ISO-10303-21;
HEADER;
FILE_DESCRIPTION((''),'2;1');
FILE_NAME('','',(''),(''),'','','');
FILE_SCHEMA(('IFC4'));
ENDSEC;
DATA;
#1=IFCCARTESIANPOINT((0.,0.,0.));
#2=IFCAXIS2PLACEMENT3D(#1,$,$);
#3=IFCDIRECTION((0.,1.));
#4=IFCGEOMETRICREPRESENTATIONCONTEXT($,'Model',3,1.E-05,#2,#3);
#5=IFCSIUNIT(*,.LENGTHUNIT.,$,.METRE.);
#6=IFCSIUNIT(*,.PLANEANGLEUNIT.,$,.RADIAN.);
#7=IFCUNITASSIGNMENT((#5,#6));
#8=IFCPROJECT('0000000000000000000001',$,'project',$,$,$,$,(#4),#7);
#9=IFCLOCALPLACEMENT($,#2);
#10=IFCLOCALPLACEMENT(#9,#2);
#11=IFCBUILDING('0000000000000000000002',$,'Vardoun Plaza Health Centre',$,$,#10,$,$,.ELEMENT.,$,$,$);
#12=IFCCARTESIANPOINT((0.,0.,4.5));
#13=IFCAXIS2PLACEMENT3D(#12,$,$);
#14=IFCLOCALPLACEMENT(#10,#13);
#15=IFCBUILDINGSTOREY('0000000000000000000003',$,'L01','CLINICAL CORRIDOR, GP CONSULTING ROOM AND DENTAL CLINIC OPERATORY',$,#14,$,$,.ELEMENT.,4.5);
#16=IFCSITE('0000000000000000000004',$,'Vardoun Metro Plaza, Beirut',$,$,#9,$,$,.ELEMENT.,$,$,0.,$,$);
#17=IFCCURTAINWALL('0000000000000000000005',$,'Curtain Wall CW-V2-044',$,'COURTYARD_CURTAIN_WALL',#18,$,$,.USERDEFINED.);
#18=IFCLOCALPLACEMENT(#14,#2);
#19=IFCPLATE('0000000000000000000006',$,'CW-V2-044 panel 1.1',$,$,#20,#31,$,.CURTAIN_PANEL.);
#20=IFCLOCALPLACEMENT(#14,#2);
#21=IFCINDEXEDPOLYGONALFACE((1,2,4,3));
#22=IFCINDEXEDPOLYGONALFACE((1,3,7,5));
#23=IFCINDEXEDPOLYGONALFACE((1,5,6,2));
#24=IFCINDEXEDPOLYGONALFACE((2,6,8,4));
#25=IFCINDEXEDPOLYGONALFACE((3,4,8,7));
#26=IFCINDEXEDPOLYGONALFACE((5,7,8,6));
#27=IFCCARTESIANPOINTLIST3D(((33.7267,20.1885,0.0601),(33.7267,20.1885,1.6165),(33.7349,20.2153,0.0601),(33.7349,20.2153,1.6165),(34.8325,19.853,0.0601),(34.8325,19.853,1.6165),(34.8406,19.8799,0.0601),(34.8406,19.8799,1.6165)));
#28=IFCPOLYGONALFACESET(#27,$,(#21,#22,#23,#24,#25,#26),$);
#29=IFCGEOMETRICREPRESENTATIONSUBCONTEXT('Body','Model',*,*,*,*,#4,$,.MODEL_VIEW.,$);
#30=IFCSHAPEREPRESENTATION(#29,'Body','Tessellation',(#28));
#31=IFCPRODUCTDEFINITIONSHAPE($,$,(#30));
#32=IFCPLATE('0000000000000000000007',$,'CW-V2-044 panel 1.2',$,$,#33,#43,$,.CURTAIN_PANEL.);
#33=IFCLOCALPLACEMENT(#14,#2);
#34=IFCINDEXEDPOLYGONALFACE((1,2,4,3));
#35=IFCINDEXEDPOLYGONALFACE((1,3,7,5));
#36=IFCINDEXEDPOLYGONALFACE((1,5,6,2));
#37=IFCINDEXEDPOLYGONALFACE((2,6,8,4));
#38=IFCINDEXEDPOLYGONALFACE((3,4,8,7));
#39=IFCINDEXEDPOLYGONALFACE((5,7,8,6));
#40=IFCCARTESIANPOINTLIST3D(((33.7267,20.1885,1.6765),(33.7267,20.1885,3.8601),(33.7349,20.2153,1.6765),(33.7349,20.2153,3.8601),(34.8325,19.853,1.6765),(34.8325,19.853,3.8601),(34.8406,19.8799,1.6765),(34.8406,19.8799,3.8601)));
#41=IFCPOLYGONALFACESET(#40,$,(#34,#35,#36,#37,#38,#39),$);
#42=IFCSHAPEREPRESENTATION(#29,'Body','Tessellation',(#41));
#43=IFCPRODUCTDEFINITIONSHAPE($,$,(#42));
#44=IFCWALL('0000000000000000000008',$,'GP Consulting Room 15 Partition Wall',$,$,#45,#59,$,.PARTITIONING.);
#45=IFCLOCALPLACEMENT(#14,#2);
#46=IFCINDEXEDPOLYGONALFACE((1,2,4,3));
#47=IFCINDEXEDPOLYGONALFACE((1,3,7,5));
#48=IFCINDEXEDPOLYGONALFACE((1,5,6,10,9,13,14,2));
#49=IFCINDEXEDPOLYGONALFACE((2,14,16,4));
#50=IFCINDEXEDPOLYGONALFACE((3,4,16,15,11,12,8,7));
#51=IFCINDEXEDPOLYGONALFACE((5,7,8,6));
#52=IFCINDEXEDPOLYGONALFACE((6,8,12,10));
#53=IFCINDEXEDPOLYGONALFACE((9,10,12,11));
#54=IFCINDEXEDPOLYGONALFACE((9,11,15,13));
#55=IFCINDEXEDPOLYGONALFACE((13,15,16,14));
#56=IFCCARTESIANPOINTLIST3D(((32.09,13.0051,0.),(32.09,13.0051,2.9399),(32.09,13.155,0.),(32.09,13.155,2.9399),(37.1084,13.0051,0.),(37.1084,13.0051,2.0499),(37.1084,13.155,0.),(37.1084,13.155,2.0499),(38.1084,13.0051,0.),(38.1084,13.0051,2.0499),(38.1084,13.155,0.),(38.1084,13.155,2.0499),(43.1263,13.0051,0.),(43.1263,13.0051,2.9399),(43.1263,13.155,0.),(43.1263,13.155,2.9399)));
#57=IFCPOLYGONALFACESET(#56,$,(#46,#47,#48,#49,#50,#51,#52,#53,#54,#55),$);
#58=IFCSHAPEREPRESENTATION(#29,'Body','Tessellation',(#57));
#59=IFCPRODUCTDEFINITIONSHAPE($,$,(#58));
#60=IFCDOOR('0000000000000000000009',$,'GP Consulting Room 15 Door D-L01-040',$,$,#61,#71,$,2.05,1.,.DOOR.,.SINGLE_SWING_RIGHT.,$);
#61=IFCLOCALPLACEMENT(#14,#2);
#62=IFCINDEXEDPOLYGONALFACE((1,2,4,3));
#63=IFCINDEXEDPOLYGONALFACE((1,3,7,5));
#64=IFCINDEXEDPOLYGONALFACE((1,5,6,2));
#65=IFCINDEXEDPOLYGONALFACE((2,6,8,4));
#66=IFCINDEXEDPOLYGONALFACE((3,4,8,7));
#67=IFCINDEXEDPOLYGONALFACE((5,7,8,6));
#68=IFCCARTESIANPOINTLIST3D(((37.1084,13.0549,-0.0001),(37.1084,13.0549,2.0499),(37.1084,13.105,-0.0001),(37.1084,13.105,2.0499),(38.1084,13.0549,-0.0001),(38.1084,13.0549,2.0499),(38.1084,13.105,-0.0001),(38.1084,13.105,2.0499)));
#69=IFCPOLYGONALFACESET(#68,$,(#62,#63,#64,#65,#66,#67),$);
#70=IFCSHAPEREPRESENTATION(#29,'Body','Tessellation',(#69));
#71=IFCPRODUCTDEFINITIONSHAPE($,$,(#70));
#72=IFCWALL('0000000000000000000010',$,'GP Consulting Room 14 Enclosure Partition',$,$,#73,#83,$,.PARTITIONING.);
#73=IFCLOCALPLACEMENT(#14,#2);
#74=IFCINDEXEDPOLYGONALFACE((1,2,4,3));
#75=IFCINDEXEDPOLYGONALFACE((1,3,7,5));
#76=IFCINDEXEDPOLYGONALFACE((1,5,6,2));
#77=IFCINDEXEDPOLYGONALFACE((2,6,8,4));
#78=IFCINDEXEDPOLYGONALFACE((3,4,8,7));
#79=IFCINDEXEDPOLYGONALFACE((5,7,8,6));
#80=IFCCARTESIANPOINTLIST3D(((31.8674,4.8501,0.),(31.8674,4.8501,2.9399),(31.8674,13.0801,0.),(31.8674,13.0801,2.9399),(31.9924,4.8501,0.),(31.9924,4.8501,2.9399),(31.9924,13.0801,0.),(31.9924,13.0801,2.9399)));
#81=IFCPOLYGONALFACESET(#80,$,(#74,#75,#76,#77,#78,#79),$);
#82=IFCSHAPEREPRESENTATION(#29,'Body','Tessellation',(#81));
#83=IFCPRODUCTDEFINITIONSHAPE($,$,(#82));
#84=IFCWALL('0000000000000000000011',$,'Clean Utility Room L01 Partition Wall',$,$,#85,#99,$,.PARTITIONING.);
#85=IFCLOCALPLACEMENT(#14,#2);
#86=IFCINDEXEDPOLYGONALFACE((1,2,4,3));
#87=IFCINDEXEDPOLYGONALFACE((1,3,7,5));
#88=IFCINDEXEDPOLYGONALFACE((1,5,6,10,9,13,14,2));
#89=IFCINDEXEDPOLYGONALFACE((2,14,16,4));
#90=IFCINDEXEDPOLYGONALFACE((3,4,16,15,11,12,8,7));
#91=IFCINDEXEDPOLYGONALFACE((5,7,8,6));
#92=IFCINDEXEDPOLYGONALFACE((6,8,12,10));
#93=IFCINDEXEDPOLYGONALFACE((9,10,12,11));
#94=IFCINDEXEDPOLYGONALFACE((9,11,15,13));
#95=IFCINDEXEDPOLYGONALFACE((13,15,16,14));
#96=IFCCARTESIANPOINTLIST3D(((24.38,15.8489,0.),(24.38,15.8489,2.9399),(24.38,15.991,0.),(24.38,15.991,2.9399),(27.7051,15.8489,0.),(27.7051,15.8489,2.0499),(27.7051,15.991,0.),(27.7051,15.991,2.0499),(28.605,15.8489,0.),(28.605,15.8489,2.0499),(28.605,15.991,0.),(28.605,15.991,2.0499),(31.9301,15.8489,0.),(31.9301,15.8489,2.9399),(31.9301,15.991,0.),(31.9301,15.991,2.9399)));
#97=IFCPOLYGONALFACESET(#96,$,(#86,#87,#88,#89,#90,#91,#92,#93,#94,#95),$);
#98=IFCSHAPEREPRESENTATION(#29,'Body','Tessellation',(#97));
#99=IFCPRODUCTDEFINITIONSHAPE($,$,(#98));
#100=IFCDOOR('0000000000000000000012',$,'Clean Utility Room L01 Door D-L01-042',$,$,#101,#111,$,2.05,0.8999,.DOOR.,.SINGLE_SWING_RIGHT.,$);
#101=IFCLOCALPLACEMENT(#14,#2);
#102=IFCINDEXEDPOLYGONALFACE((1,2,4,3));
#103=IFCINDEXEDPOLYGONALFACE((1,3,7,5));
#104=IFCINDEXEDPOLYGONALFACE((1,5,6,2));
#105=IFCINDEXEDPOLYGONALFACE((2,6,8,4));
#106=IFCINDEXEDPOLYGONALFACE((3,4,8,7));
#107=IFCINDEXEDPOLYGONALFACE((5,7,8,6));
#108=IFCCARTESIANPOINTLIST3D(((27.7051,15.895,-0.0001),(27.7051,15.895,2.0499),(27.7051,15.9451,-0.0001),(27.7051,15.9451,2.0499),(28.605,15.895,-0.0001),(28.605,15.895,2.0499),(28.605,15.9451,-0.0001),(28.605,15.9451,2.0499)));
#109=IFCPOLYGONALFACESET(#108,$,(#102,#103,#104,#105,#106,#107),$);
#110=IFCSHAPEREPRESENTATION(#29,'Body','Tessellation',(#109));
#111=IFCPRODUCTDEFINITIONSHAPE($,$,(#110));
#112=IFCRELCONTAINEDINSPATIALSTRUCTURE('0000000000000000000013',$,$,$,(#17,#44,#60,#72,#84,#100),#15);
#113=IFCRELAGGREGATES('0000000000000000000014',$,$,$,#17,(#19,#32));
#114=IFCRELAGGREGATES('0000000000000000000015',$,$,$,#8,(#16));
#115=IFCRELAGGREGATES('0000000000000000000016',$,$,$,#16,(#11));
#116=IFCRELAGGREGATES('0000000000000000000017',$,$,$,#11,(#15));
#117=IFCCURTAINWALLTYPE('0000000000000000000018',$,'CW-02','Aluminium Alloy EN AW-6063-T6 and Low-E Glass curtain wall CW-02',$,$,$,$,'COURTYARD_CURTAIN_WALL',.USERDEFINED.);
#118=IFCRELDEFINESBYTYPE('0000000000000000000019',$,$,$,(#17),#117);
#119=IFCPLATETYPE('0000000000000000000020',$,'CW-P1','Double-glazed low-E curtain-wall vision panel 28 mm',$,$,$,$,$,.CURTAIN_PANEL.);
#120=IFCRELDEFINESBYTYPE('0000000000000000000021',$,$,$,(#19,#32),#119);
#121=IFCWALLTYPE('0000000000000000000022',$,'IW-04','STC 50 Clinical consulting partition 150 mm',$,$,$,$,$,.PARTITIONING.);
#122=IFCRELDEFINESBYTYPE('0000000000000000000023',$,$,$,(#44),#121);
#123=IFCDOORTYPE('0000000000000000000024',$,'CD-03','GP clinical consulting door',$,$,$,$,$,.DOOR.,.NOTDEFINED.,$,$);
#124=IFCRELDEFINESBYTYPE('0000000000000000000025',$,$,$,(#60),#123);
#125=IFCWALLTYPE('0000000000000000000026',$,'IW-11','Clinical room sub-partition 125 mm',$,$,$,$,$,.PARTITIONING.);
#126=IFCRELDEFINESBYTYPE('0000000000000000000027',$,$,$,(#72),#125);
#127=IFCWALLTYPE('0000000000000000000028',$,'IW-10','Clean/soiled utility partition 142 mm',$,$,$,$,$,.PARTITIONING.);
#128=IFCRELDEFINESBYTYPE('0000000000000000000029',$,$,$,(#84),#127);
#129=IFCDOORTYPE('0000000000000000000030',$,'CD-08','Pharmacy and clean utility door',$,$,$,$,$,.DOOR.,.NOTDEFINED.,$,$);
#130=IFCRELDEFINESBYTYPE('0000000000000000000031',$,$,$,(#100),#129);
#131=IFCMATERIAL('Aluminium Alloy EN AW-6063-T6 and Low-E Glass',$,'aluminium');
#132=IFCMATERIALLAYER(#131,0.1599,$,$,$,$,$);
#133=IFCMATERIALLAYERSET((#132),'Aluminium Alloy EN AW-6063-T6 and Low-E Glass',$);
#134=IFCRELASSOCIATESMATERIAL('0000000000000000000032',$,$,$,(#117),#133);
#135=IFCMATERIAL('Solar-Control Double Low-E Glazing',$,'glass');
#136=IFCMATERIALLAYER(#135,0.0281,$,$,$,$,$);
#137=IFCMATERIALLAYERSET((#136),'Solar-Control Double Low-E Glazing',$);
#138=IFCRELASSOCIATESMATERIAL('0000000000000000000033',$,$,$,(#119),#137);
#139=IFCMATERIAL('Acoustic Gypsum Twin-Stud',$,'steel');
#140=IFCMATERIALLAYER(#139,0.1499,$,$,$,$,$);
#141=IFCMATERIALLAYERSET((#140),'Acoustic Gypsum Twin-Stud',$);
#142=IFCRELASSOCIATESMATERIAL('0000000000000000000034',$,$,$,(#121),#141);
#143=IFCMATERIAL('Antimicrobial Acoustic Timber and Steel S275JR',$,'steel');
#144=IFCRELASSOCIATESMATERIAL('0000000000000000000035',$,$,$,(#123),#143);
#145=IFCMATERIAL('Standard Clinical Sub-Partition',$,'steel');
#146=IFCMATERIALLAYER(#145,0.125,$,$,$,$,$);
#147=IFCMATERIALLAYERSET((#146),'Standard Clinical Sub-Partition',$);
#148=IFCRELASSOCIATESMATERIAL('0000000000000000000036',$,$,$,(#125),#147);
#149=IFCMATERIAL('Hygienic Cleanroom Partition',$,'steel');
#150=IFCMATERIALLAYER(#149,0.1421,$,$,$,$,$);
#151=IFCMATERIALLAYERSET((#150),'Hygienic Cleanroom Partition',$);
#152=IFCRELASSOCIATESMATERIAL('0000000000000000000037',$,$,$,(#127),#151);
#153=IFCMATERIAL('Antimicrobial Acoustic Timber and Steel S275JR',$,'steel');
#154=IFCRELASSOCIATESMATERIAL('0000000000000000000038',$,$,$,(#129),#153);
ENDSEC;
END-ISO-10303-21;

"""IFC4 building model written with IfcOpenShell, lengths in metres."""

from ifc_helpers import new_model, si_unit, direction, frame, frame_2d, origin, origin_2d, place, context, subcontext, project, spatial, rectangle, extrude, material, layer, layer_set, type_object, element, fill, aggregate, save


model = new_model("IFC4")

# Units and contexts
model_context = context("Model", 3, precision=1e-05, world=origin(), true_north=direction((0.0, 1.0)))
body_context = subcontext(model_context, "Body", "Model", "MODEL_VIEW")
ifc_project = project(units=[si_unit("LENGTHUNIT", "METRE"), si_unit("PLANEANGLEUNIT", "RADIAN")], contexts=[model_context])

# Site, building, storey
site_placement = place(None, origin())
site = spatial("IfcSite", under=ifc_project, at=site_placement, Name="Vardoun Metro Plaza, Beirut", CompositionType="ELEMENT", RefElevation=0.0)
building_placement = place(site_placement, origin())
building = spatial("IfcBuilding", under=site, at=building_placement, Name="Vardoun Plaza Health Centre", CompositionType="ELEMENT")
storey_placement = place(building_placement, frame((0.0, 0.0, 4.5)))
storey = spatial("IfcBuildingStorey", under=building, at=storey_placement, Name="L01", Description="CLINICAL CORRIDOR, GP CONSULTING ROOM AND DENTAL CLINIC OPERATORY", CompositionType="ELEMENT", Elevation=4.5)

# Curtain wall
ifc_material_1 = material(Name="Aluminium Alloy EN AW-6063-T6 and Low-E Glass", Category="aluminium")
ifc_layer_1 = layer(ifc_material_1, 0.1599)
ifc_layer_set_1 = layer_set([ifc_layer_1], Name="Aluminium Alloy EN AW-6063-T6 and Low-E Glass")
curtain_wall_type = type_object("IfcCurtainWallType", Name="CW-02", Description="Aluminium Alloy EN AW-6063-T6 and Low-E Glass curtain wall CW-02", ElementType="COURTYARD_CURTAIN_WALL", PredefinedType="USERDEFINED", material=ifc_layer_set_1)
curtain_wall_placement = place(storey_placement, origin())
curtain_wall = element("IfcCurtainWall", 1, at=curtain_wall_placement, inside=storey, type_object=curtain_wall_type, Name="Curtain Wall CW-V2-044", ObjectType="COURTYARD_CURTAIN_WALL", PredefinedType="USERDEFINED")

# Plates
ifc_material_2 = material(Name="Solar-Control Double Low-E Glazing", Category="glass")
ifc_layer_2 = layer(ifc_material_2, 0.0281)
ifc_layer_set_2 = layer_set([ifc_layer_2], Name="Solar-Control Double Low-E Glazing")
plate_type = type_object("IfcPlateType", Name="CW-P1", Description="Double-glazed low-E curtain-wall vision panel 28 mm", PredefinedType="CURTAIN_PANEL", material=ifc_layer_set_2)
plate_1_placement = place(storey_placement, frame((34.2837, 20.0342, 0.0601), z_axis=(0.0, 0.0, 1.0), x_axis=(0.956936, -0.2903, 0.0)))
plate_1 = element("IfcPlate", 2, at=plate_1_placement, type_object=plate_type, Name="CW-V2-044 panel 1.1", PredefinedType="CURTAIN_PANEL", context=body_context, shape_type="SweptSolid", body=[
    extrude(rectangle(XDim=1.1555, YDim=0.0281, at=origin_2d()), origin(), (0.0, 0.0, 1.0), 1.5564),
])
plate_2_placement = place(storey_placement, frame((34.2837, 20.0342, 1.6765), z_axis=(0.0, 0.0, 1.0), x_axis=(0.956936, -0.2903, 0.0)))
plate_2 = element("IfcPlate", 3, at=plate_2_placement, type_object=plate_type, Name="CW-V2-044 panel 1.2", PredefinedType="CURTAIN_PANEL", context=body_context, shape_type="SweptSolid", body=[
    extrude(rectangle(XDim=1.1555, YDim=0.0281, at=origin_2d()), origin(), (0.0, 0.0, 1.0), 2.1836),
])
aggregate(curtain_wall, [plate_1, plate_2])

# Wall, opening, door
ifc_material_3 = material(Name="Acoustic Gypsum Twin-Stud", Category="steel")
ifc_layer_3 = layer(ifc_material_3, 0.1499)
ifc_layer_set_3 = layer_set([ifc_layer_3], Name="Acoustic Gypsum Twin-Stud")
wall_type_1 = type_object("IfcWallType", Name="IW-04", Description="STC 50 Clinical consulting partition 150 mm", PredefinedType="PARTITIONING", material=ifc_layer_set_3)
wall_1_placement = place(storey_placement, frame((32.0901, 13.0801, 0.0), z_axis=(0.0, 0.0, 1.0), x_axis=(1.0, 0.0, 0.0)))
wall_1 = element("IfcWall", 4, at=wall_1_placement, inside=storey, type_object=wall_type_1, Name="GP Consulting Room 15 Partition Wall", PredefinedType="PARTITIONING", context=body_context, shape_type="SweptSolid", body=[
    extrude(rectangle(XDim=11.0364, YDim=0.1499, at=frame_2d((5.5181, 0.0))), origin(), (0.0, 0.0, 1.0), 2.9399),
])
opening_1_placement = place(wall_1_placement, frame((5.0183, 0.0, 0.0)))
opening_1 = element("IfcOpeningElement", 5, at=opening_1_placement, cuts=wall_1, PredefinedType="OPENING", context=body_context, shape_type="SweptSolid", body=[
    extrude(rectangle(XDim=1.0, YDim=2.05, at=frame_2d((0.5, 1.0249))), frame((0.0, 0.075, 0.0), z_axis=(0.0, -1.0, 0.0), x_axis=(1.0, 0.0, 0.0)), (0.0, 0.0, 1.0), 0.1499),
])
ifc_material_4 = material(Name="Antimicrobial Acoustic Timber and Steel S275JR", Category="steel")
door_type_1 = type_object("IfcDoorType", Name="CD-03", Description="GP clinical consulting door", OperationType="NOTDEFINED", PredefinedType="DOOR", material=ifc_material_4)
door_1_placement = place(opening_1_placement, origin())
door_1 = element("IfcDoor", 6, at=door_1_placement, inside=storey, type_object=door_type_1, Name="GP Consulting Room 15 Door D-L01-040", OperationType="SINGLE_SWING_RIGHT", OverallHeight=2.05, OverallWidth=1.0, PredefinedType="DOOR", context=body_context, shape_type="SweptSolid", body=[
    extrude(rectangle(XDim=1.0, YDim=2.05, at=frame_2d((0.5, 1.0249))), frame((0.0, 0.0249, 0.0), z_axis=(0.0, -1.0, 0.0), x_axis=(1.0, 0.0, 0.0)), (0.0, 0.0, 1.0), 0.05),
])
fill(opening_1, door_1)

# Wall
ifc_material_5 = material(Name="Standard Clinical Sub-Partition", Category="steel")
ifc_layer_4 = layer(ifc_material_5, 0.125)
ifc_layer_set_4 = layer_set([ifc_layer_4], Name="Standard Clinical Sub-Partition")
wall_type_2 = type_object("IfcWallType", Name="IW-11", Description="Clinical room sub-partition 125 mm", PredefinedType="PARTITIONING", material=ifc_layer_set_4)
wall_2_placement = place(storey_placement, frame((31.9299, 13.0801, 0.0), z_axis=(0.0, 0.0, 1.0), x_axis=(0.0, -1.0, 0.0)))
element("IfcWall", 7, at=wall_2_placement, inside=storey, type_object=wall_type_2, Name="GP Consulting Room 14 Enclosure Partition", PredefinedType="PARTITIONING", context=body_context, shape_type="SweptSolid", body=[
    extrude(rectangle(XDim=8.23, YDim=0.125, at=frame_2d((4.115, 0.0))), origin(), (0.0, 0.0, 1.0), 2.9399),
])

# Wall, opening, door
ifc_material_6 = material(Name="Hygienic Cleanroom Partition", Category="steel")
ifc_layer_5 = layer(ifc_material_6, 0.1421)
ifc_layer_set_5 = layer_set([ifc_layer_5], Name="Hygienic Cleanroom Partition")
wall_type_3 = type_object("IfcWallType", Name="IW-10", Description="Clean/soiled utility partition 142 mm", PredefinedType="PARTITIONING", material=ifc_layer_set_5)
wall_3_placement = place(storey_placement, frame((31.9299, 15.9199, 0.0), z_axis=(0.0, 0.0, 1.0), x_axis=(-1.0, 0.0, 0.0)))
wall_3 = element("IfcWall", 8, at=wall_3_placement, inside=storey, type_object=wall_type_3, Name="Clean Utility Room L01 Partition Wall", PredefinedType="PARTITIONING", context=body_context, shape_type="SweptSolid", body=[
    extrude(rectangle(XDim=7.55, YDim=0.1421, at=frame_2d((3.7749, 0.0))), origin(), (0.0, 0.0, 1.0), 2.9399),
])
opening_2_placement = place(wall_3_placement, frame((3.325, 0.0, 0.0)))
opening_2 = element("IfcOpeningElement", 9, at=opening_2_placement, cuts=wall_3, PredefinedType="OPENING", context=body_context, shape_type="SweptSolid", body=[
    extrude(rectangle(XDim=0.8999, YDim=2.05, at=frame_2d((0.45, 1.0249))), frame((0.0, 0.071, 0.0), z_axis=(0.0, -1.0, 0.0), x_axis=(1.0, 0.0, 0.0)), (0.0, 0.0, 1.0), 0.1421),
])
ifc_material_7 = material(Name="Antimicrobial Acoustic Timber and Steel S275JR", Category="steel")
door_type_2 = type_object("IfcDoorType", Name="CD-08", Description="Pharmacy and clean utility door", OperationType="NOTDEFINED", PredefinedType="DOOR", material=ifc_material_7)
door_2_placement = place(opening_2_placement, origin())
door_2 = element("IfcDoor", 10, at=door_2_placement, inside=storey, type_object=door_type_2, Name="Clean Utility Room L01 Door D-L01-042", OperationType="SINGLE_SWING_RIGHT", OverallHeight=2.05, OverallWidth=0.8999, PredefinedType="DOOR", context=body_context, shape_type="SweptSolid", body=[
    extrude(rectangle(XDim=0.8999, YDim=2.05, at=frame_2d((0.45, 1.0249))), frame((0.0, 0.0249, 0.0), z_axis=(0.0, -1.0, 0.0), x_axis=(1.0, 0.0, 0.0)), (0.0, 0.0, 1.0), 0.05),
])
fill(opening_2, door_2)

save(model, "model.ifc")
